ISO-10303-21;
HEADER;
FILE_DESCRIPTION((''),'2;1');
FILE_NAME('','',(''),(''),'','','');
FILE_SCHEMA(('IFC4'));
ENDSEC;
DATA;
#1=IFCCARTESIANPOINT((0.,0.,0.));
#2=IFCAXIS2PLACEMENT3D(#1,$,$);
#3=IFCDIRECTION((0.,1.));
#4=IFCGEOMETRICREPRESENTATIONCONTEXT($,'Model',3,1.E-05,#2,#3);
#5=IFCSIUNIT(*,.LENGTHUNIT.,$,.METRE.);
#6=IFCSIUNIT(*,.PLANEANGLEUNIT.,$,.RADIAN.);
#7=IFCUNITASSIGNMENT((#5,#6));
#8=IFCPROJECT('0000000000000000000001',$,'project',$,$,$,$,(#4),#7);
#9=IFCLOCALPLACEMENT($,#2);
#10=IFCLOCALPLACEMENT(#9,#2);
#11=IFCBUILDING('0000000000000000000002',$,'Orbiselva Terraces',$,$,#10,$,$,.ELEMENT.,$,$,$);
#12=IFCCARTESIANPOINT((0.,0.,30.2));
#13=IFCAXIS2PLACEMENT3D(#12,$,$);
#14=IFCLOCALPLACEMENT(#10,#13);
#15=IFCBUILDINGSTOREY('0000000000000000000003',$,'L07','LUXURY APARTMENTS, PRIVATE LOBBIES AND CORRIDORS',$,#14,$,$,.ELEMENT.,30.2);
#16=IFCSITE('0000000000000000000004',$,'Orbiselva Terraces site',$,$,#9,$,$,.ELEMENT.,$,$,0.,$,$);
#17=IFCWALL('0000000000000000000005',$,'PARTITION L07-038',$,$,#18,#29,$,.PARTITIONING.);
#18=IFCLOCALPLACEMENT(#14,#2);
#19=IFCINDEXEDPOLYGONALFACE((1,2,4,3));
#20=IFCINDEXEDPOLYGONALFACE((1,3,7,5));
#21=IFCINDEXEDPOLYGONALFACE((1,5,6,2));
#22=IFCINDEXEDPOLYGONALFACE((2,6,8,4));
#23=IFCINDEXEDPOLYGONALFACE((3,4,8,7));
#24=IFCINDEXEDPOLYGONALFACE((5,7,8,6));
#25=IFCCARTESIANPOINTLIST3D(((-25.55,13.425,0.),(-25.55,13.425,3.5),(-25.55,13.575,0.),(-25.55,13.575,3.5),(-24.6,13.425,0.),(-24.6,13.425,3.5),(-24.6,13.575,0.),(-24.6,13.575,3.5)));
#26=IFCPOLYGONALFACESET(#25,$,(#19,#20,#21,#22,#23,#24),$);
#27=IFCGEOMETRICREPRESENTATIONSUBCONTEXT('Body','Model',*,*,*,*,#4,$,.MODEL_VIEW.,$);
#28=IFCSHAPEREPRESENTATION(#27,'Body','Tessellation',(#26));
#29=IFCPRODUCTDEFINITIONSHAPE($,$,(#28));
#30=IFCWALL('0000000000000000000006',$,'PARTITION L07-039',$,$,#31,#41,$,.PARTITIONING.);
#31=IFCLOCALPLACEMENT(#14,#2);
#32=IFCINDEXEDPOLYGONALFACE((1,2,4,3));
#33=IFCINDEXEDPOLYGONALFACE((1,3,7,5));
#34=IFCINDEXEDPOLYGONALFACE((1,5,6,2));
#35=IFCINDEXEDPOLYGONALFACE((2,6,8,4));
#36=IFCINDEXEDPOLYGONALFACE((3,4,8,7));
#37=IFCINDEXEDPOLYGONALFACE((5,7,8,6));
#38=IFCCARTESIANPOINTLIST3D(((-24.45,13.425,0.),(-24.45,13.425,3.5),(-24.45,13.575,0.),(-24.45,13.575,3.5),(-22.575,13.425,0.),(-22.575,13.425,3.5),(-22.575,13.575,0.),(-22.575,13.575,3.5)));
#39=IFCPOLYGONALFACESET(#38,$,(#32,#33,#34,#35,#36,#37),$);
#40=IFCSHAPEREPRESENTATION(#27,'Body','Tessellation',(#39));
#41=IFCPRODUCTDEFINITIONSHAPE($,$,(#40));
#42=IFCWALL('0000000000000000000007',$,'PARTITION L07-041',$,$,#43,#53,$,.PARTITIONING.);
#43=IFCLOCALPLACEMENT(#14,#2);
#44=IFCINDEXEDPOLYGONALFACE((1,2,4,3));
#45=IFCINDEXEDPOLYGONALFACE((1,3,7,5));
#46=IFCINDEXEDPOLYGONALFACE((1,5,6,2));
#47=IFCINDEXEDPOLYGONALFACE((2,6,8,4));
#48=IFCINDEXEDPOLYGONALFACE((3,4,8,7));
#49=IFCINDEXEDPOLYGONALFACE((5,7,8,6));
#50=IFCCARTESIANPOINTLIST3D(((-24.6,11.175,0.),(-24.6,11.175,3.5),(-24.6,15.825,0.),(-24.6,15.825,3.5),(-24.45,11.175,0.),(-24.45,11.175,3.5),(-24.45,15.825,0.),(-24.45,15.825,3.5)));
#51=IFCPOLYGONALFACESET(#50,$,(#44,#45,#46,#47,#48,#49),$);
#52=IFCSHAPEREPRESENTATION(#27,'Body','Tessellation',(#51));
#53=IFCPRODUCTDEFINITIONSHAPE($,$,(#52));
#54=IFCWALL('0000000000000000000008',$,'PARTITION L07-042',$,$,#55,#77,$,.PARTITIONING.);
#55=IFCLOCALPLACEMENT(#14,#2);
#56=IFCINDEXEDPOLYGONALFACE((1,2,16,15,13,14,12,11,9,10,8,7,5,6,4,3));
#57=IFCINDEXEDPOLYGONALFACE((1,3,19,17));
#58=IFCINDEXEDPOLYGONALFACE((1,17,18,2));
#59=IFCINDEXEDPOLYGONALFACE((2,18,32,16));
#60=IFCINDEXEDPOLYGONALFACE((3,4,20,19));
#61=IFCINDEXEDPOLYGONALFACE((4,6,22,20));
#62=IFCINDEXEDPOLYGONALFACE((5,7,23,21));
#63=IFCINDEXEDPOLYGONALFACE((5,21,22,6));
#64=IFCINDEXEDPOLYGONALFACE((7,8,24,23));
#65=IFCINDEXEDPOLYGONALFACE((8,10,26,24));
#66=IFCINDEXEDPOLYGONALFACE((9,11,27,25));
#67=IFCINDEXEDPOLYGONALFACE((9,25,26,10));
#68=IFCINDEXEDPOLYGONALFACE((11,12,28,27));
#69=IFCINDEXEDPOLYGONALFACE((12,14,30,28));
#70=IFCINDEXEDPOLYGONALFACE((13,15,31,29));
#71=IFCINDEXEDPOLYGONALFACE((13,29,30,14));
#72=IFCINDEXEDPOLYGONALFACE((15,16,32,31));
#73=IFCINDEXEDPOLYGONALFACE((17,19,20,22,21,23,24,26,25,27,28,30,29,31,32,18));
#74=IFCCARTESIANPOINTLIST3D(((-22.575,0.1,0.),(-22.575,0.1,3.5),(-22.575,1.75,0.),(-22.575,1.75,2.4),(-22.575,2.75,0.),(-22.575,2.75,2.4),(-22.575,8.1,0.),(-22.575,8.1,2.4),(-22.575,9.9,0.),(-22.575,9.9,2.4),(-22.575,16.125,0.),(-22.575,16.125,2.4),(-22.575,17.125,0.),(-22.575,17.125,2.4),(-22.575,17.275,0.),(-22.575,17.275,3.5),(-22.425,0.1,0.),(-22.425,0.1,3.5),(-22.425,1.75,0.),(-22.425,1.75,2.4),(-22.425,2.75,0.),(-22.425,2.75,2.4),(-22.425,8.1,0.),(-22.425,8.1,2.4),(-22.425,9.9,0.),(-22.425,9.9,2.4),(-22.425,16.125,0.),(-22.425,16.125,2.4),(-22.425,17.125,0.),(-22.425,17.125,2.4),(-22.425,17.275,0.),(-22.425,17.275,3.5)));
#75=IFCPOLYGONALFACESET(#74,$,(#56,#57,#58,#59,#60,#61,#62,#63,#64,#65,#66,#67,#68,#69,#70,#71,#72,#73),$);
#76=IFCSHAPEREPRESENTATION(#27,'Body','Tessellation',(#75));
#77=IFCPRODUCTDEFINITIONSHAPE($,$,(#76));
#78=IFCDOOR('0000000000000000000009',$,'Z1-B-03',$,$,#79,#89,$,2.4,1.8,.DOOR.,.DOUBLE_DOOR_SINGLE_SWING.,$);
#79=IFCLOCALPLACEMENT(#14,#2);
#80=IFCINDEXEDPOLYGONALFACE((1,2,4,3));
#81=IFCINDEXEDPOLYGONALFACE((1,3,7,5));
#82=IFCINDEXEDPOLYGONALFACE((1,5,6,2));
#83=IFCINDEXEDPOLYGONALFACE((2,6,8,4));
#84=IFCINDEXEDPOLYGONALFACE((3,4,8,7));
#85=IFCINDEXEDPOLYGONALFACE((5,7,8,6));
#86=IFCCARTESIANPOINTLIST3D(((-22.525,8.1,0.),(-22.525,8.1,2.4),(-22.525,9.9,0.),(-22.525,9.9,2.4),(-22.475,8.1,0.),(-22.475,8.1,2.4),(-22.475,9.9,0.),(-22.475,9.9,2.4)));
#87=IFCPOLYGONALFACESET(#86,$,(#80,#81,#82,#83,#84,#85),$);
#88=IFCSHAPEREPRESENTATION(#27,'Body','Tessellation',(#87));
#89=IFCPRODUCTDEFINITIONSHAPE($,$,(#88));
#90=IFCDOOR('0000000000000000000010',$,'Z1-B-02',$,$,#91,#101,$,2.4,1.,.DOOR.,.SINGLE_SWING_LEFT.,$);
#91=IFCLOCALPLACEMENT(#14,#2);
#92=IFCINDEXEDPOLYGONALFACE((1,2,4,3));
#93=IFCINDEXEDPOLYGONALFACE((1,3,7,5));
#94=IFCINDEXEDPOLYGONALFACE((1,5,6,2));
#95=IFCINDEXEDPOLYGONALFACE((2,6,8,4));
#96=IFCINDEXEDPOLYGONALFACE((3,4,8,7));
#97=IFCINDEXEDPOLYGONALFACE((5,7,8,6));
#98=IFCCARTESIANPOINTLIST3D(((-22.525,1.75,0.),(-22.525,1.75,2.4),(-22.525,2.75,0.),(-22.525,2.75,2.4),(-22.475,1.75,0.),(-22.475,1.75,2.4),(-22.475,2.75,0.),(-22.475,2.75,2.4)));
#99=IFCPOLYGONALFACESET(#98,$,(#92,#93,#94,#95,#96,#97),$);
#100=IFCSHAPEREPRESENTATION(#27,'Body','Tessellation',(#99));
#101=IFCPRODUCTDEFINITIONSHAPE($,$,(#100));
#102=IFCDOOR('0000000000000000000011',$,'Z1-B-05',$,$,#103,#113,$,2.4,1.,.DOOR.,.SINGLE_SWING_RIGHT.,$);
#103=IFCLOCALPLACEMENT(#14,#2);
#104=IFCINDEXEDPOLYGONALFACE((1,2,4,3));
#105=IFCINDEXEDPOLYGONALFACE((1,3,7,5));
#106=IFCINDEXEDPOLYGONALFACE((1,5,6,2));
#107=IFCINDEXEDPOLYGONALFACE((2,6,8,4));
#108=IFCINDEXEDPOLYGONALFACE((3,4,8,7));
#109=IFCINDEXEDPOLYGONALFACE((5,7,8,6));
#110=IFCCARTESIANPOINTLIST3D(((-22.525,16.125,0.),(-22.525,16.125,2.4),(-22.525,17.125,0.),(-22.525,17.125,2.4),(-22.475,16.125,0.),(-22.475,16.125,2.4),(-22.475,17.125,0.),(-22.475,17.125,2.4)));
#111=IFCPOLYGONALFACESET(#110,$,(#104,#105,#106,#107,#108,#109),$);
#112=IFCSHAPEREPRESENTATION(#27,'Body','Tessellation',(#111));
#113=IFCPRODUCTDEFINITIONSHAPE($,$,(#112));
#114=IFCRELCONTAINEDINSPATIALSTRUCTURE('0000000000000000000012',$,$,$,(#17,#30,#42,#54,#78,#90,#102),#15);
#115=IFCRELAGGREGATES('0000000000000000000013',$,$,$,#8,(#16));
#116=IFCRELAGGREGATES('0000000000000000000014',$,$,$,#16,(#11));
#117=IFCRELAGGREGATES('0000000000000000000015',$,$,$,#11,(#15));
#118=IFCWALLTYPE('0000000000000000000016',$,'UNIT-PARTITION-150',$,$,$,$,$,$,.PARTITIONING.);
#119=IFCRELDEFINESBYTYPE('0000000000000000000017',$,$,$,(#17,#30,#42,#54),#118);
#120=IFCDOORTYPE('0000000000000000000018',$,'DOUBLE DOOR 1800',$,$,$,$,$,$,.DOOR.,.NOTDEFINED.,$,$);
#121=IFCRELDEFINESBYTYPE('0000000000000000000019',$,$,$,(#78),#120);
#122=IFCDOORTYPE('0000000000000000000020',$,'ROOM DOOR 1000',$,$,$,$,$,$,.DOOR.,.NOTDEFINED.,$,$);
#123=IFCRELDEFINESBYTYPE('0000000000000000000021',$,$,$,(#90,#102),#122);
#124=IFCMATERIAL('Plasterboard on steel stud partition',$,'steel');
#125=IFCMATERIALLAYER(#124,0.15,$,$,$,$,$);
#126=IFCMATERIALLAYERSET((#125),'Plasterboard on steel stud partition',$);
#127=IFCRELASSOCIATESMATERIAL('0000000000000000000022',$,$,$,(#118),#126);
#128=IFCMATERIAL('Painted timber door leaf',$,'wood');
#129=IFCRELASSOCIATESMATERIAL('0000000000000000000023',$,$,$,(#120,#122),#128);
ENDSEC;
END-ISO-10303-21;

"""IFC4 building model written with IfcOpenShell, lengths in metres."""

from ifc_helpers import new_model, si_unit, direction, frame, frame_2d, origin, place, context, subcontext, project, spatial, rectangle, extrude, material, layer, layer_set, type_object, element, fill, save


model = new_model("IFC4")

# Units and contexts
model_context = context("Model", 3, precision=1e-05, world=origin(), true_north=direction((0.0, 1.0)))
body_context = subcontext(model_context, "Body", "Model", "MODEL_VIEW")
ifc_project = project(units=[si_unit("LENGTHUNIT", "METRE"), si_unit("PLANEANGLEUNIT", "RADIAN")], contexts=[model_context])

# Site, building, storey
site_placement = place(None, origin())
site = spatial("IfcSite", under=ifc_project, at=site_placement, Name="Orbiselva Terraces site", CompositionType="ELEMENT", RefElevation=0.0)
building_placement = place(site_placement, origin())
building = spatial("IfcBuilding", under=site, at=building_placement, Name="Orbiselva Terraces", CompositionType="ELEMENT")
storey_placement = place(building_placement, frame((0.0, 0.0, 30.2)))
storey = spatial("IfcBuildingStorey", under=building, at=storey_placement, Name="L07", Description="LUXURY APARTMENTS, PRIVATE LOBBIES AND CORRIDORS", CompositionType="ELEMENT", Elevation=30.2)

# Shared definitions
ifc_material_1 = material(Name="Plasterboard on steel stud partition", Category="steel")
ifc_material_2 = material(Name="Painted timber door leaf", Category="wood")

# Shared definitions
ifc_layer_1 = layer(ifc_material_1, 0.15)
ifc_layer_set_1 = layer_set([ifc_layer_1], Name="Plasterboard on steel stud partition")
wall_type_1 = type_object("IfcWallType", Name="UNIT-PARTITION-150", PredefinedType="PARTITIONING", material=ifc_layer_set_1)

# Walls
wall_1_placement = place(storey_placement, frame((-25.55, 13.5, 0.0), z_axis=(0.0, 0.0, 1.0), x_axis=(1.0, 0.0, 0.0)))
element("IfcWall", 1, at=wall_1_placement, inside=storey, type_object=wall_type_1, Name="PARTITION L07-038", PredefinedType="PARTITIONING", context=body_context, shape_type="SweptSolid", body=[
    extrude(rectangle(XDim=0.95, YDim=0.15, at=frame_2d((0.475, 0.0))), origin(), (0.0, 0.0, 1.0), 3.5),
])
wall_2_placement = place(storey_placement, frame((-24.45, 13.5, 0.0), z_axis=(0.0, 0.0, 1.0), x_axis=(1.0, 0.0, 0.0)))
element("IfcWall", 2, at=wall_2_placement, inside=storey, type_object=wall_type_1, Name="PARTITION L07-039", PredefinedType="PARTITIONING", context=body_context, shape_type="SweptSolid", body=[
    extrude(rectangle(XDim=1.875, YDim=0.15, at=frame_2d((0.9375, 0.0))), origin(), (0.0, 0.0, 1.0), 3.5),
])
wall_3_placement = place(storey_placement, frame((-24.525, 11.175, 0.0), z_axis=(0.0, 0.0, 1.0), x_axis=(0.0, 1.0, 0.0)))
element("IfcWall", 3, at=wall_3_placement, inside=storey, type_object=wall_type_1, Name="PARTITION L07-041", PredefinedType="PARTITIONING", context=body_context, shape_type="SweptSolid", body=[
    extrude(rectangle(XDim=4.65, YDim=0.15, at=frame_2d((2.325, 0.0))), origin(), (0.0, 0.0, 1.0), 3.5),
])

# Wall, openings, doors
wall_4_placement = place(storey_placement, frame((-22.5, 0.1, 0.0), z_axis=(0.0, 0.0, 1.0), x_axis=(0.0, 1.0, 0.0)))
wall_4 = element("IfcWall", 4, at=wall_4_placement, inside=storey, type_object=wall_type_1, Name="PARTITION L07-042", PredefinedType="PARTITIONING", context=body_context, shape_type="SweptSolid", body=[
    extrude(rectangle(XDim=17.175, YDim=0.15, at=frame_2d((8.5875, 0.0))), origin(), (0.0, 0.0, 1.0), 3.5),
])
opening_1_placement = place(wall_4_placement, frame((1.65, 0.0, 0.0)))
opening_1 = element("IfcOpeningElement", 5, at=opening_1_placement, cuts=wall_4, PredefinedType="OPENING", context=body_context, shape_type="SweptSolid", body=[
    extrude(rectangle(XDim=1.0, YDim=2.4, at=frame_2d((0.5, 1.2))), frame((0.0, 0.085, 0.0), z_axis=(0.0, -1.0, 0.0), x_axis=(1.0, 0.0, 0.0)), (0.0, 0.0, 1.0), 0.17),
])
opening_2_placement = place(wall_4_placement, frame((8.0, 0.0, 0.0)))
opening_2 = element("IfcOpeningElement", 6, at=opening_2_placement, cuts=wall_4, PredefinedType="OPENING", context=body_context, shape_type="SweptSolid", body=[
    extrude(rectangle(XDim=1.8, YDim=2.4, at=frame_2d((0.9, 1.2))), frame((0.0, 0.085, 0.0), z_axis=(0.0, -1.0, 0.0), x_axis=(1.0, 0.0, 0.0)), (0.0, 0.0, 1.0), 0.17),
])
opening_3_placement = place(wall_4_placement, frame((16.025, 0.0, 0.0)))
opening_3 = element("IfcOpeningElement", 7, at=opening_3_placement, cuts=wall_4, PredefinedType="OPENING", context=body_context, shape_type="SweptSolid", body=[
    extrude(rectangle(XDim=1.0, YDim=2.4, at=frame_2d((0.5, 1.2))), frame((0.0, 0.085, 0.0), z_axis=(0.0, -1.0, 0.0), x_axis=(1.0, 0.0, 0.0)), (0.0, 0.0, 1.0), 0.17),
])
door_type_1 = type_object("IfcDoorType", Name="DOUBLE DOOR 1800", OperationType="NOTDEFINED", PredefinedType="DOOR", material=ifc_material_2)
door_1_placement = place(opening_2_placement, origin())
door_1 = element("IfcDoor", 8, at=door_1_placement, inside=storey, type_object=door_type_1, Name="Z1-B-03", OperationType="DOUBLE_DOOR_SINGLE_SWING", OverallHeight=2.4, OverallWidth=1.8, PredefinedType="DOOR", context=body_context, shape_type="SweptSolid", body=[
    extrude(rectangle(XDim=1.8, YDim=2.4, at=frame_2d((0.9, 1.2))), frame((0.0, 0.025, 0.0), z_axis=(0.0, -1.0, 0.0), x_axis=(1.0, 0.0, 0.0)), (0.0, 0.0, 1.0), 0.05),
])
fill(opening_2, door_1)
door_type_2 = type_object("IfcDoorType", Name="ROOM DOOR 1000", OperationType="NOTDEFINED", PredefinedType="DOOR", material=ifc_material_2)
door_2_placement = place(opening_1_placement, origin())
door_2 = element("IfcDoor", 9, at=door_2_placement, inside=storey, type_object=door_type_2, Name="Z1-B-02", OperationType="SINGLE_SWING_LEFT", OverallHeight=2.4, OverallWidth=1.0, PredefinedType="DOOR", context=body_context, shape_type="SweptSolid", body=[
    extrude(rectangle(XDim=1.0, YDim=2.4, at=frame_2d((0.5, 1.2))), frame((0.0, 0.025, 0.0), z_axis=(0.0, -1.0, 0.0), x_axis=(1.0, 0.0, 0.0)), (0.0, 0.0, 1.0), 0.05),
])
fill(opening_1, door_2)
door_3_placement = place(opening_3_placement, origin())
door_3 = element("IfcDoor", 10, at=door_3_placement, inside=storey, type_object=door_type_2, Name="Z1-B-05", OperationType="SINGLE_SWING_RIGHT", OverallHeight=2.4, OverallWidth=1.0, PredefinedType="DOOR", context=body_context, shape_type="SweptSolid", body=[
    extrude(rectangle(XDim=1.0, YDim=2.4, at=frame_2d((0.5, 1.2))), frame((0.0, 0.025, 0.0), z_axis=(0.0, -1.0, 0.0), x_axis=(1.0, 0.0, 0.0)), (0.0, 0.0, 1.0), 0.05),
])
fill(opening_3, door_3)

save(model, "model.ifc")
